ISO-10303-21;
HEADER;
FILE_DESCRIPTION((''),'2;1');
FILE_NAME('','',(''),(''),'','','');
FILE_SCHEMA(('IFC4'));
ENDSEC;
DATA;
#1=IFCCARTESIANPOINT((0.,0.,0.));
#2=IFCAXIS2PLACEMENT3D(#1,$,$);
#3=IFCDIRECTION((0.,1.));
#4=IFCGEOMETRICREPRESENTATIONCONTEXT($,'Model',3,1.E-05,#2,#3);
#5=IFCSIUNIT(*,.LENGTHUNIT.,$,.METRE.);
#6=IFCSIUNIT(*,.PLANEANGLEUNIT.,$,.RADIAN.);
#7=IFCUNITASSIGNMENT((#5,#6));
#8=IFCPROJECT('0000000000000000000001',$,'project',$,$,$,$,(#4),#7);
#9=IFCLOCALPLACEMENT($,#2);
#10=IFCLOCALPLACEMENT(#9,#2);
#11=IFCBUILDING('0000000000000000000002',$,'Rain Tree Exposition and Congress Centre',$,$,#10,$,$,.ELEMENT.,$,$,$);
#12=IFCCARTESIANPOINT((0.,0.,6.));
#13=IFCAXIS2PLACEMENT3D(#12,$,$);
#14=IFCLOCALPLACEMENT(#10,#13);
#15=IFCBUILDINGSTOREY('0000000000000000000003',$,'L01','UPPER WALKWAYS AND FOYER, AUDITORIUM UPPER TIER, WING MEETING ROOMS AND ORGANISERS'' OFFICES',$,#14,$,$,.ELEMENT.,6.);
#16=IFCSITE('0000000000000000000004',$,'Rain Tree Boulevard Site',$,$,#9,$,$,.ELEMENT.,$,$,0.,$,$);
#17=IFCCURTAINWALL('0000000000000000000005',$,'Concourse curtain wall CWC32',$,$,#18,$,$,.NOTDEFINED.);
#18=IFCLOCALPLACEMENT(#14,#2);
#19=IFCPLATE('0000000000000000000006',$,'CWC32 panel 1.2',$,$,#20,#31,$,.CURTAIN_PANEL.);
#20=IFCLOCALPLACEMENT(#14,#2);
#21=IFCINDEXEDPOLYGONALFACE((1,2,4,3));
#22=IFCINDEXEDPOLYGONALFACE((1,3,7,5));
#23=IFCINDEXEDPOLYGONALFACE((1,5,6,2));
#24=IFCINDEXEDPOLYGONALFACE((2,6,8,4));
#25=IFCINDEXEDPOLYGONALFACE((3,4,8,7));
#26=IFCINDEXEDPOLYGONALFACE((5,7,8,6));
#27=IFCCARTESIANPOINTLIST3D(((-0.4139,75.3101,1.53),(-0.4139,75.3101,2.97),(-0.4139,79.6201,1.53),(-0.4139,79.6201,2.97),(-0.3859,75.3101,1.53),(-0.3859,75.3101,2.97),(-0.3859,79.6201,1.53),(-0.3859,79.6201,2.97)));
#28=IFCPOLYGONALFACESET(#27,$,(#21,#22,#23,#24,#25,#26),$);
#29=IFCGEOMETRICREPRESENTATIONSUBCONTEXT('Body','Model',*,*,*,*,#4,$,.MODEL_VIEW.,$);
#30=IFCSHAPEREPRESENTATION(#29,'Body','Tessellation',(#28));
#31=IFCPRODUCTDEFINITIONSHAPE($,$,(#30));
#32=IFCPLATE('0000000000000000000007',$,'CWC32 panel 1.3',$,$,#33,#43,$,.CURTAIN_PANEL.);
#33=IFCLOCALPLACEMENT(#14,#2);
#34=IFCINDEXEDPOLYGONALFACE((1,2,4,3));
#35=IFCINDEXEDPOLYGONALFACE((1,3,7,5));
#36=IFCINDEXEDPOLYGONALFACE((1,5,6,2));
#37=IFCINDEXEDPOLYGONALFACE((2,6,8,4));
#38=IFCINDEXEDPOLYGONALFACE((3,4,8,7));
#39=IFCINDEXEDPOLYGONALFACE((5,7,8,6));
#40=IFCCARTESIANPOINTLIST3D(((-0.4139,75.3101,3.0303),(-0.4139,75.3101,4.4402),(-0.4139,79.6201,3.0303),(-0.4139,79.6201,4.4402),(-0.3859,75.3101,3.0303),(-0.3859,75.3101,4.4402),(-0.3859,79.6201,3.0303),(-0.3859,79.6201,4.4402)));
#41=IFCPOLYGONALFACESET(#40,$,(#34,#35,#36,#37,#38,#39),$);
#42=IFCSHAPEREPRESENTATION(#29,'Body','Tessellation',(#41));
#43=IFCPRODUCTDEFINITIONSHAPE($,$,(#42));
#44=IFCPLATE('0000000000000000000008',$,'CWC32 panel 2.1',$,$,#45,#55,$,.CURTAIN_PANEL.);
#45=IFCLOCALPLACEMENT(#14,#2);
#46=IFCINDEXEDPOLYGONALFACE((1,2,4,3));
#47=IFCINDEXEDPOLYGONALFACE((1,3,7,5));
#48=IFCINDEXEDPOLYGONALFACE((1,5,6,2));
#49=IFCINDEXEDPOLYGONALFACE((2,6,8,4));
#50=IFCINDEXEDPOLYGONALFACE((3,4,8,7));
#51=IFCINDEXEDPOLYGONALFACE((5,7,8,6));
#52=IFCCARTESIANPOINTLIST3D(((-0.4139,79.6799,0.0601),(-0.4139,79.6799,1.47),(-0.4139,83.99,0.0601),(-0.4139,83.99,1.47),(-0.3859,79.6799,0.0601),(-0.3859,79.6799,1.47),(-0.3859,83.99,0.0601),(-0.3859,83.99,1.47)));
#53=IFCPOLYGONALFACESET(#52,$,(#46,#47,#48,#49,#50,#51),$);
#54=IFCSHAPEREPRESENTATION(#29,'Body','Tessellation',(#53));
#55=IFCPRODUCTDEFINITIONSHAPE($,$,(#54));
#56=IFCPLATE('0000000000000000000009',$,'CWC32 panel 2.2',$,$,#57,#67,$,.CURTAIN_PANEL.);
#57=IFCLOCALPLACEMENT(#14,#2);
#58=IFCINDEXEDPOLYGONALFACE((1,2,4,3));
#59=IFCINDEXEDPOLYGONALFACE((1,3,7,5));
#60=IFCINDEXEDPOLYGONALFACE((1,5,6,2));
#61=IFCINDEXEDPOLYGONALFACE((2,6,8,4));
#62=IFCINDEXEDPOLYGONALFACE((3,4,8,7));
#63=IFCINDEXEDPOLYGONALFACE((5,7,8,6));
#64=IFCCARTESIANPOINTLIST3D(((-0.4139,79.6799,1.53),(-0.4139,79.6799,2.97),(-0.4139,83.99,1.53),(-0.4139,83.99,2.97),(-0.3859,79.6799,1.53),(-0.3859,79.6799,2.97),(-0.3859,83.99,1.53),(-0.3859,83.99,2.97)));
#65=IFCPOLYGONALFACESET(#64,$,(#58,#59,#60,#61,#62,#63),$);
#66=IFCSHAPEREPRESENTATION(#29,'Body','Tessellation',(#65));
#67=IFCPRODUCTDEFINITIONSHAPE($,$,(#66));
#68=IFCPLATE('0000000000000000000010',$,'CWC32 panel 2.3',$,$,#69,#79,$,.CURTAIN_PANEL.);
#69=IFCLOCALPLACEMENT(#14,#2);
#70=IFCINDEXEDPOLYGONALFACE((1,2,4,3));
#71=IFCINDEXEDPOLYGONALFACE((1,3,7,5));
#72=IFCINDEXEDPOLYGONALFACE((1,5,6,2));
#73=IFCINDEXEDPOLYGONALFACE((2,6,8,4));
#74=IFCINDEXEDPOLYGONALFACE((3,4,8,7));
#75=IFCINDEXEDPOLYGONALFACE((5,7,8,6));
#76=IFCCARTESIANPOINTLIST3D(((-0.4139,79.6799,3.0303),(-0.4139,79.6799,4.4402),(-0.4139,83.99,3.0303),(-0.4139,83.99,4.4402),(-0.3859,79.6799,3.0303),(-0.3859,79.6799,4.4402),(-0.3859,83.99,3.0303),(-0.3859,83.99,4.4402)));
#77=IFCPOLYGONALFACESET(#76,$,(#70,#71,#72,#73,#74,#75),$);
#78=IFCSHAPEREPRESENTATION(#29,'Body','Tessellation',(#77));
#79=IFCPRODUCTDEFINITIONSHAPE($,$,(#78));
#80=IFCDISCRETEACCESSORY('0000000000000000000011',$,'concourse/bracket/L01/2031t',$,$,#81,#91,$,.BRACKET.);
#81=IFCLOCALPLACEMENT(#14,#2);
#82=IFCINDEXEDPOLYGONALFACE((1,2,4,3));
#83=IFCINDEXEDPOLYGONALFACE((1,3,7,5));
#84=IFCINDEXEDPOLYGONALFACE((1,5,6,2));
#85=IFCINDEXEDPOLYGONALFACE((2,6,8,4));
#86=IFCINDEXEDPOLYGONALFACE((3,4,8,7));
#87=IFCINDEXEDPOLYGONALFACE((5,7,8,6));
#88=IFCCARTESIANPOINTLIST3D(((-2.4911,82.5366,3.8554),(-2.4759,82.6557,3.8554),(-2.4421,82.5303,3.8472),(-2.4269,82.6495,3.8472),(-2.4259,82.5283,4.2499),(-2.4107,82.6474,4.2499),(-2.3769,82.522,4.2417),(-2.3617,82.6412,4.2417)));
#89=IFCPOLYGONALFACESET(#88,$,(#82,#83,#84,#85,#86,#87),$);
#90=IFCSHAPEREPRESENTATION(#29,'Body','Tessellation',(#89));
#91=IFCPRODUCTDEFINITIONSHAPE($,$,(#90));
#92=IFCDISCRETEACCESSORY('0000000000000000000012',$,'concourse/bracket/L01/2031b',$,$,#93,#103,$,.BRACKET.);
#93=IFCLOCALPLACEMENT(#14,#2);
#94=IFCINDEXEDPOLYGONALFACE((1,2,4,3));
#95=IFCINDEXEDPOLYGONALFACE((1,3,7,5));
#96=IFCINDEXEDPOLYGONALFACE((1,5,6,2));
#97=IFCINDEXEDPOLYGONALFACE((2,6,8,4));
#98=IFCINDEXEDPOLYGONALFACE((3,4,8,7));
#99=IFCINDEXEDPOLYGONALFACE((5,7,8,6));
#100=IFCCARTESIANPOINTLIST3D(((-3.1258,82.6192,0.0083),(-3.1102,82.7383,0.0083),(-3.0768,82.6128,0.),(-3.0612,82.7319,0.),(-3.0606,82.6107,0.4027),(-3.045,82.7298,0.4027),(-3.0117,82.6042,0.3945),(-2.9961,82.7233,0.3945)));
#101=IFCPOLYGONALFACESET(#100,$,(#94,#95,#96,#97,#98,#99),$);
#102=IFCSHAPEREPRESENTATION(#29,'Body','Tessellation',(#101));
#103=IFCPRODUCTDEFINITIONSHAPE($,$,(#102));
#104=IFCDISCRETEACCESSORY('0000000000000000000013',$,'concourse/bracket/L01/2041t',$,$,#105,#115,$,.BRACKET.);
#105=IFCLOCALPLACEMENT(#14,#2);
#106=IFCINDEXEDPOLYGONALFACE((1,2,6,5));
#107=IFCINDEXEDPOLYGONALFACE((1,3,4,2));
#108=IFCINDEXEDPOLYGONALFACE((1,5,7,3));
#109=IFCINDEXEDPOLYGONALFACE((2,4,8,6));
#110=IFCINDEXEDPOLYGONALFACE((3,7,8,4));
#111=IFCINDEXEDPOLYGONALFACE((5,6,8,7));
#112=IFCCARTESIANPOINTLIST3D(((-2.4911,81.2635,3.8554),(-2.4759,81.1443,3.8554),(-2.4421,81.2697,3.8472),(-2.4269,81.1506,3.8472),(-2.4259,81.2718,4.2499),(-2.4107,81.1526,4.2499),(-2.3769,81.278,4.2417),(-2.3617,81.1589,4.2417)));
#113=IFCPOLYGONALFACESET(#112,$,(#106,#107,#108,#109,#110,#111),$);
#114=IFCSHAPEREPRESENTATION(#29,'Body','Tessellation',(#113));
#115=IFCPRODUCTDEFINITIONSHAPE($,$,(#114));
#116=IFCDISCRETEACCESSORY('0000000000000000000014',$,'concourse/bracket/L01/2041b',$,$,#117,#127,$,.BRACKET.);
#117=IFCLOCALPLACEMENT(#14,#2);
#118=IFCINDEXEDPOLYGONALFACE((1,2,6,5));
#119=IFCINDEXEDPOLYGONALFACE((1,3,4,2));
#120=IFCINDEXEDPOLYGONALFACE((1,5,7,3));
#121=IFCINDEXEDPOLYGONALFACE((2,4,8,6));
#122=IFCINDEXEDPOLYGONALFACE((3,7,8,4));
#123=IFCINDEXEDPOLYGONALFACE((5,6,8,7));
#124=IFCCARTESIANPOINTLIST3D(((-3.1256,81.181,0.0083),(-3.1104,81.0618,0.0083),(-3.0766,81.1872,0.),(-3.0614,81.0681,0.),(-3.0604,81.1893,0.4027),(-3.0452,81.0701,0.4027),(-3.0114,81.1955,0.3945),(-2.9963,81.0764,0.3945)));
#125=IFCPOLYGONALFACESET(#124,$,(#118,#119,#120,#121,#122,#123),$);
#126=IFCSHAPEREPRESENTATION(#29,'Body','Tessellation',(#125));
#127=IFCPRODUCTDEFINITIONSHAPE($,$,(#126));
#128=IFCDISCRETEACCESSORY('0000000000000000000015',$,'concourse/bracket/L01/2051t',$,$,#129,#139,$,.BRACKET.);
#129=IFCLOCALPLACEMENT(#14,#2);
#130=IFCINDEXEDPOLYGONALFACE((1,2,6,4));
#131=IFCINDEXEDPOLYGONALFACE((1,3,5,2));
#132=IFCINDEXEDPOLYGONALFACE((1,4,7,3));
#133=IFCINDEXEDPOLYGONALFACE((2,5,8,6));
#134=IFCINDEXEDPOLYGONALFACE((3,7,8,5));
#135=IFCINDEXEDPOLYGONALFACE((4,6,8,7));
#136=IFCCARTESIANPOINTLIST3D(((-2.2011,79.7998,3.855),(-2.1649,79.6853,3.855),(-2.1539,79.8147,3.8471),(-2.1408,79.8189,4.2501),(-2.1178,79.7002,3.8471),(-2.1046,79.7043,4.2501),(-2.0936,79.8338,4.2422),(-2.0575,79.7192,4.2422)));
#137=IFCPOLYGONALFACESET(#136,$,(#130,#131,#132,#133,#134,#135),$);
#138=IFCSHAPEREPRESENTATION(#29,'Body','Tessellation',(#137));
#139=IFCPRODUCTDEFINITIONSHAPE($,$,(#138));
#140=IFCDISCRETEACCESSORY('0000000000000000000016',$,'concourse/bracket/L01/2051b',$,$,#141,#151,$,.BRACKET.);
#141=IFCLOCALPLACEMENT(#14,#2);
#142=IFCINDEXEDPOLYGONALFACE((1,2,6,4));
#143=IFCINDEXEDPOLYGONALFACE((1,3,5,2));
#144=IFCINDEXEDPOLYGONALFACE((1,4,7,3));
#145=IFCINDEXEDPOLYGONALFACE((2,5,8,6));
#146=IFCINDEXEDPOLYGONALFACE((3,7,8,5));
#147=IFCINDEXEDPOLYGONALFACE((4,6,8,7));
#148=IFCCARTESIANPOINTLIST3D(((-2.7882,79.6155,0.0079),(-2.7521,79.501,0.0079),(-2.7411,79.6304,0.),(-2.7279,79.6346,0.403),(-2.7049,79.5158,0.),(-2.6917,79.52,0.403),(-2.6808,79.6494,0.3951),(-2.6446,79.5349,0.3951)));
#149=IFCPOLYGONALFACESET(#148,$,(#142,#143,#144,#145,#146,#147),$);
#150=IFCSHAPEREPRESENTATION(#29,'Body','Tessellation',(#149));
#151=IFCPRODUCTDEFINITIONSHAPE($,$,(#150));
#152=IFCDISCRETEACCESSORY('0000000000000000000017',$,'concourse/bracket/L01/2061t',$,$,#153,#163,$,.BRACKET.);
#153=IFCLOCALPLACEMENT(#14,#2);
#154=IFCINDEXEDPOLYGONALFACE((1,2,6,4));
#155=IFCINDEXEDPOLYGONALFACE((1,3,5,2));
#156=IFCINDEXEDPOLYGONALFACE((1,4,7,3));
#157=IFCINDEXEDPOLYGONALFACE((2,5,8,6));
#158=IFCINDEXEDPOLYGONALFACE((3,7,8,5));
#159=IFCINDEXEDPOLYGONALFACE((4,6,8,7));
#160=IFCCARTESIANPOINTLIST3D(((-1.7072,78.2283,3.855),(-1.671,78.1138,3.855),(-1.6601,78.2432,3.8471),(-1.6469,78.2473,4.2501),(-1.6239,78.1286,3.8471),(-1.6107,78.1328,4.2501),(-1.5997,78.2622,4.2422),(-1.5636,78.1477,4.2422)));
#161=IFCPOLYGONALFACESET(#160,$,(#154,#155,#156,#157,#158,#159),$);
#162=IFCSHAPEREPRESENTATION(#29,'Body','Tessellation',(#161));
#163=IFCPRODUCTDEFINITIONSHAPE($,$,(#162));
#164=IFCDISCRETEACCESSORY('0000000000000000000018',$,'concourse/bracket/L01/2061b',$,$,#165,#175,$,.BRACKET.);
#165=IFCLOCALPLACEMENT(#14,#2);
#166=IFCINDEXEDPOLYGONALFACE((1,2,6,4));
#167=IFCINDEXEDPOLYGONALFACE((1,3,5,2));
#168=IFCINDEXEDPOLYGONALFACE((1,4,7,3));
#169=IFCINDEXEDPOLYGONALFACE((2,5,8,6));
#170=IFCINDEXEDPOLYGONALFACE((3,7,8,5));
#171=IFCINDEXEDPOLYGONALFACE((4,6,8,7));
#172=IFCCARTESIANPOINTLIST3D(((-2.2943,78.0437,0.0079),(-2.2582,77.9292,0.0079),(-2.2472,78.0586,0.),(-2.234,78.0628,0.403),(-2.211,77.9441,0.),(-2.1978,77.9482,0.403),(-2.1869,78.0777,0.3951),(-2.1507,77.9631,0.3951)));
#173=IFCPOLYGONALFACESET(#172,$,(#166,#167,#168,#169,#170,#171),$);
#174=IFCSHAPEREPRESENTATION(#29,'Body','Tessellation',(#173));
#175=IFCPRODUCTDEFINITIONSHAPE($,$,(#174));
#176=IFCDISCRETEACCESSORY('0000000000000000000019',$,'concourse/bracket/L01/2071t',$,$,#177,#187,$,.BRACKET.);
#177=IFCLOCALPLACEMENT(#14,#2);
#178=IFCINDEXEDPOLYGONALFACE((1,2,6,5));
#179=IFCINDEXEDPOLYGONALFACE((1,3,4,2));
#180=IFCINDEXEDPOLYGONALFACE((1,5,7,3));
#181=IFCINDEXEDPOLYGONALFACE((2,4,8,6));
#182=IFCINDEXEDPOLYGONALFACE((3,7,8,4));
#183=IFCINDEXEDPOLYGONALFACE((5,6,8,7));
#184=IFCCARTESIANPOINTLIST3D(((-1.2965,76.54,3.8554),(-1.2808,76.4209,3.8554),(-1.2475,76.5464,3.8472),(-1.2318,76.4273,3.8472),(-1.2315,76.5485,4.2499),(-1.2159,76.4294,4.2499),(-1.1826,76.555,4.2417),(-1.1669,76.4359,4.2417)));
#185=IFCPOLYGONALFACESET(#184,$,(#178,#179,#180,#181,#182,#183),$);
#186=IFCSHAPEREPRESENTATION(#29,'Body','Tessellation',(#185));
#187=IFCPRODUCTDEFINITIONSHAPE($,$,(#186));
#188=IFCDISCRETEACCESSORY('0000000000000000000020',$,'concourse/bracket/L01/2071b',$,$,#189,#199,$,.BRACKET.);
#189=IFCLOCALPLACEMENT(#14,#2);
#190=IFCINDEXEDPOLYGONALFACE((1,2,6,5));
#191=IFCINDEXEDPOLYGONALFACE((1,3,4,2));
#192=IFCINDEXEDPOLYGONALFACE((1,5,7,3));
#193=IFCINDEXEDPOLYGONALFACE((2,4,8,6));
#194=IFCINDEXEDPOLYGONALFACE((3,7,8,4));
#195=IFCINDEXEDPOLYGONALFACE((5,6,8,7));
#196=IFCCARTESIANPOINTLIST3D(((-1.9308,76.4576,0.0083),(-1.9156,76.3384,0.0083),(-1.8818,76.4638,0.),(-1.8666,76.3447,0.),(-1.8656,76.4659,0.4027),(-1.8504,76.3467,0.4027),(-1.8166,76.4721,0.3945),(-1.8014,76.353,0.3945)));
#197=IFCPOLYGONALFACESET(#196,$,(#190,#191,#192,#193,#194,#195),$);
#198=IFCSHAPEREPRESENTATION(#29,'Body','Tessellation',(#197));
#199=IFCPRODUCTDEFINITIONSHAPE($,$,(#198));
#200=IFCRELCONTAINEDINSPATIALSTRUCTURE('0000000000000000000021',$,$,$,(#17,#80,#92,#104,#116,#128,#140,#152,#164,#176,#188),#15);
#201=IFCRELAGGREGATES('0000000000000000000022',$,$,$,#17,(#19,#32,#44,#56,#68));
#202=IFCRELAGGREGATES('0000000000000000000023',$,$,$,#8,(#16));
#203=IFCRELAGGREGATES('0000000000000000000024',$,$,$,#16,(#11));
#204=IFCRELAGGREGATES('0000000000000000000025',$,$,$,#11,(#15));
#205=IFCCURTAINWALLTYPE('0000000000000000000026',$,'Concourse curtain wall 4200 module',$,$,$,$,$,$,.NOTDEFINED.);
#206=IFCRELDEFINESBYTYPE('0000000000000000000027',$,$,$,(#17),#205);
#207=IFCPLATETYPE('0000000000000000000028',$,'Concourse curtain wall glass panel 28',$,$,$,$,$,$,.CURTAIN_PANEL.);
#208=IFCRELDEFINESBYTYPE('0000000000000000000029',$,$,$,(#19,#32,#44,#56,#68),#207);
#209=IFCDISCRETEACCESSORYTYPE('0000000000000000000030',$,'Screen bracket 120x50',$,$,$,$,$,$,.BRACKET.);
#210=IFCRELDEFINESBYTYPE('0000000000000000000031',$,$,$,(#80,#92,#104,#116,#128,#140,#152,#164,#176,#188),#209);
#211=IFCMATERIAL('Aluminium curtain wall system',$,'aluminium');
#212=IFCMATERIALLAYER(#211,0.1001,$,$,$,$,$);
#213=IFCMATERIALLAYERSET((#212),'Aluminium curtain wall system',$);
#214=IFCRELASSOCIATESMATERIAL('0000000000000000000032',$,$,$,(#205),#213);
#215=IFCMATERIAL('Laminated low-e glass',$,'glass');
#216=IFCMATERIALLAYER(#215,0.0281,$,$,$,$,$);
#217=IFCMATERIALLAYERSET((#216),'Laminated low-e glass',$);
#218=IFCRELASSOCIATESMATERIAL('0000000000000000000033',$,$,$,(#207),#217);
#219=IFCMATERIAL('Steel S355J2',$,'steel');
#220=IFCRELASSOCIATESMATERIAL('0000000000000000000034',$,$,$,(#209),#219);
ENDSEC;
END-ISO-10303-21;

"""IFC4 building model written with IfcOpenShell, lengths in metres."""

from ifc_helpers import new_model, si_unit, direction, frame, origin, origin_2d, place, context, subcontext, project, spatial, rectangle, extrude, material, layer, layer_set, material_profile, profile_set, type_object, element, aggregate, save


model = new_model("IFC4")

# Units and contexts
model_context = context("Model", 3, precision=1e-05, world=origin(), true_north=direction((0.0, 1.0)))
body_context = subcontext(model_context, "Body", "Model", "MODEL_VIEW")
ifc_project = project(units=[si_unit("LENGTHUNIT", "METRE"), si_unit("PLANEANGLEUNIT", "RADIAN")], contexts=[model_context])

# Site, building, storey
site_placement = place(None, origin())
site = spatial("IfcSite", under=ifc_project, at=site_placement, Name="Rain Tree Boulevard Site", CompositionType="ELEMENT", RefElevation=0.0)
building_placement = place(site_placement, origin())
building = spatial("IfcBuilding", under=site, at=building_placement, Name="Rain Tree Exposition and Congress Centre", CompositionType="ELEMENT")
storey_placement = place(building_placement, frame((0.0, 0.0, 6.0)))
storey = spatial("IfcBuildingStorey", under=building, at=storey_placement, Name="L01", Description="UPPER WALKWAYS AND FOYER, AUDITORIUM UPPER TIER, WING MEETING ROOMS AND ORGANISERS' OFFICES", CompositionType="ELEMENT", Elevation=6.0)

# Curtain wall
ifc_material_1 = material(Name="Aluminium curtain wall system", Category="aluminium")
ifc_layer_1 = layer(ifc_material_1, 0.1001)
ifc_layer_set_1 = layer_set([ifc_layer_1], Name="Aluminium curtain wall system")
curtain_wall_type = type_object("IfcCurtainWallType", Name="Concourse curtain wall 4200 module", PredefinedType="NOTDEFINED", material=ifc_layer_set_1)
curtain_wall_placement = place(storey_placement, origin())
curtain_wall = element("IfcCurtainWall", 1, at=curtain_wall_placement, inside=storey, type_object=curtain_wall_type, Name="Concourse curtain wall CWC32", PredefinedType="NOTDEFINED")

# Plates
ifc_material_2 = material(Name="Laminated low-e glass", Category="glass")
ifc_layer_2 = layer(ifc_material_2, 0.0281)
ifc_layer_set_2 = layer_set([ifc_layer_2], Name="Laminated low-e glass")
plate_type = type_object("IfcPlateType", Name="Concourse curtain wall glass panel 28", PredefinedType="CURTAIN_PANEL", material=ifc_layer_set_2)
plate_1_placement = place(storey_placement, frame((-0.3999, 77.4651, 1.53), z_axis=(0.0, 0.0, 1.0), x_axis=(0.0, 1.0, 0.0)))
plate_1 = element("IfcPlate", 2, at=plate_1_placement, type_object=plate_type, Name="CWC32 panel 1.2", PredefinedType="CURTAIN_PANEL", context=body_context, shape_type="SweptSolid", body=[
    extrude(rectangle(XDim=4.3101, YDim=0.0281, at=origin_2d()), origin(), (0.0, 0.0, 1.0), 1.4399),
])
plate_2_placement = place(storey_placement, frame((-0.3999, 77.4651, 3.0303), z_axis=(0.0, 0.0, 1.0), x_axis=(0.0, 1.0, 0.0)))
plate_2 = element("IfcPlate", 3, at=plate_2_placement, type_object=plate_type, Name="CWC32 panel 1.3", PredefinedType="CURTAIN_PANEL", context=body_context, shape_type="SweptSolid", body=[
    extrude(rectangle(XDim=4.3101, YDim=0.0281, at=origin_2d()), origin(), (0.0, 0.0, 1.0), 1.4099),
])
plate_3_placement = place(storey_placement, frame((-0.3999, 81.835, 0.0601), z_axis=(0.0, 0.0, 1.0), x_axis=(0.0, 1.0, 0.0)))
plate_3 = element("IfcPlate", 4, at=plate_3_placement, type_object=plate_type, Name="CWC32 panel 2.1", PredefinedType="CURTAIN_PANEL", context=body_context, shape_type="SweptSolid", body=[
    extrude(rectangle(XDim=4.3101, YDim=0.0281, at=origin_2d()), origin(), (0.0, 0.0, 1.0), 1.4099),
])
plate_4_placement = place(storey_placement, frame((-0.3999, 81.835, 1.53), z_axis=(0.0, 0.0, 1.0), x_axis=(0.0, 1.0, 0.0)))
plate_4 = element("IfcPlate", 5, at=plate_4_placement, type_object=plate_type, Name="CWC32 panel 2.2", PredefinedType="CURTAIN_PANEL", context=body_context, shape_type="SweptSolid", body=[
    extrude(rectangle(XDim=4.3101, YDim=0.0281, at=origin_2d()), origin(), (0.0, 0.0, 1.0), 1.4399),
])
plate_5_placement = place(storey_placement, frame((-0.3999, 81.835, 3.0303), z_axis=(0.0, 0.0, 1.0), x_axis=(0.0, 1.0, 0.0)))
plate_5 = element("IfcPlate", 6, at=plate_5_placement, type_object=plate_type, Name="CWC32 panel 2.3", PredefinedType="CURTAIN_PANEL", context=body_context, shape_type="SweptSolid", body=[
    extrude(rectangle(XDim=4.3101, YDim=0.0281, at=origin_2d()), origin(), (0.0, 0.0, 1.0), 1.4099),
])
aggregate(curtain_wall, [plate_1, plate_2, plate_3, plate_4, plate_5])

# Discrete accessories
ifc_material_3 = material(Name="Steel S355J2", Category="steel")
ifc_material_profile_1 = material_profile(ifc_material_3, rectangle(XDim=0.1201, YDim=0.05, at=origin_2d()), Name="Flat bar 120x50")
ifc_profile_set_1 = profile_set([ifc_material_profile_1], Name="Steel S355J2")
discrete_accessory_type = type_object("IfcDiscreteAccessoryType", Name="Screen bracket 120x50", PredefinedType="BRACKET", material=ifc_profile_set_1)
for number, where, z_axis, x_axis, name in (
    (7, (-2.459, 82.593, 3.8513), (0.162978, -0.020754, 0.986411), (0.126321, 0.991989, 0.0), "concourse/bracket/L01/2031t"),
    (8, (-3.0935, 82.6755, 0.0042), (0.162976, -0.021364, 0.986399), (0.129974, 0.991517, 0.0), "concourse/bracket/L01/2031b"),
    (9, (-2.459, 81.207, 3.8513), (0.162978, 0.020754, 0.986411), (-0.126321, 0.991989, 0.0), "concourse/bracket/L01/2041t"),
    (10, (-3.0935, 81.1245, 0.0042), (0.162978, 0.020754, 0.986411), (-0.126321, 0.991989, 0.0), "concourse/bracket/L01/2041b"),
):
    element("IfcDiscreteAccessory", number, at=place(storey_placement, frame(where, z_axis=z_axis, x_axis=x_axis)), inside=storey, type_object=discrete_accessory_type, Name=name, PredefinedType="BRACKET", context=body_context, shape_type="SweptSolid", body=[
        extrude(rectangle(XDim=0.1201, YDim=0.05, at=origin_2d()), origin(), (0.0, 0.0, 1.0), 0.3999),
    ])
for number, where, z_axis, x_axis, name in (
    (11, (-2.1594, 79.75, 3.8511), (0.150738, 0.047602, 0.987427), (-0.301131, 0.953583, 0.0), "concourse/bracket/L01/2051t"),
    (12, (-2.7466, 79.5657, 0.0039), (0.150738, 0.047602, 0.987427), (-0.301131, 0.953583, 0.0), "concourse/bracket/L01/2051b"),
    (13, (-1.6655, 78.1785, 3.8511), (0.150738, 0.047602, 0.987427), (-0.301131, 0.953583, 0.0), "concourse/bracket/L01/2061t"),
    (14, (-2.2527, 77.9939, 0.0039), (0.150738, 0.047602, 0.987427), (-0.301131, 0.953583, 0.0), "concourse/bracket/L01/2061b"),
):
    element("IfcDiscreteAccessory", number, at=place(storey_placement, frame(where, z_axis=z_axis, x_axis=x_axis)), inside=storey, type_object=discrete_accessory_type, Name=name, PredefinedType="BRACKET", context=body_context, shape_type="SweptSolid", body=[
        extrude(rectangle(XDim=0.1201, YDim=0.05, at=origin_2d()), origin(), (0.0, 0.0, 1.0), 0.4001),
    ])
for number, where, z_axis, x_axis, name in (
    (15, (-1.2642, 76.4836, 3.8513), (0.162381, 0.021366, 0.986497), (-0.130455, 0.991454, 0.0), "concourse/bracket/L01/2071t"),
    (16, (-1.8987, 76.4011, 0.0042), (0.162978, 0.020754, 0.986411), (-0.126321, 0.991989, 0.0), "concourse/bracket/L01/2071b"),
):
    element("IfcDiscreteAccessory", number, at=place(storey_placement, frame(where, z_axis=z_axis, x_axis=x_axis)), inside=storey, type_object=discrete_accessory_type, Name=name, PredefinedType="BRACKET", context=body_context, shape_type="SweptSolid", body=[
        extrude(rectangle(XDim=0.1201, YDim=0.05, at=origin_2d()), origin(), (0.0, 0.0, 1.0), 0.3999),
    ])

save(model, "model.ifc")
